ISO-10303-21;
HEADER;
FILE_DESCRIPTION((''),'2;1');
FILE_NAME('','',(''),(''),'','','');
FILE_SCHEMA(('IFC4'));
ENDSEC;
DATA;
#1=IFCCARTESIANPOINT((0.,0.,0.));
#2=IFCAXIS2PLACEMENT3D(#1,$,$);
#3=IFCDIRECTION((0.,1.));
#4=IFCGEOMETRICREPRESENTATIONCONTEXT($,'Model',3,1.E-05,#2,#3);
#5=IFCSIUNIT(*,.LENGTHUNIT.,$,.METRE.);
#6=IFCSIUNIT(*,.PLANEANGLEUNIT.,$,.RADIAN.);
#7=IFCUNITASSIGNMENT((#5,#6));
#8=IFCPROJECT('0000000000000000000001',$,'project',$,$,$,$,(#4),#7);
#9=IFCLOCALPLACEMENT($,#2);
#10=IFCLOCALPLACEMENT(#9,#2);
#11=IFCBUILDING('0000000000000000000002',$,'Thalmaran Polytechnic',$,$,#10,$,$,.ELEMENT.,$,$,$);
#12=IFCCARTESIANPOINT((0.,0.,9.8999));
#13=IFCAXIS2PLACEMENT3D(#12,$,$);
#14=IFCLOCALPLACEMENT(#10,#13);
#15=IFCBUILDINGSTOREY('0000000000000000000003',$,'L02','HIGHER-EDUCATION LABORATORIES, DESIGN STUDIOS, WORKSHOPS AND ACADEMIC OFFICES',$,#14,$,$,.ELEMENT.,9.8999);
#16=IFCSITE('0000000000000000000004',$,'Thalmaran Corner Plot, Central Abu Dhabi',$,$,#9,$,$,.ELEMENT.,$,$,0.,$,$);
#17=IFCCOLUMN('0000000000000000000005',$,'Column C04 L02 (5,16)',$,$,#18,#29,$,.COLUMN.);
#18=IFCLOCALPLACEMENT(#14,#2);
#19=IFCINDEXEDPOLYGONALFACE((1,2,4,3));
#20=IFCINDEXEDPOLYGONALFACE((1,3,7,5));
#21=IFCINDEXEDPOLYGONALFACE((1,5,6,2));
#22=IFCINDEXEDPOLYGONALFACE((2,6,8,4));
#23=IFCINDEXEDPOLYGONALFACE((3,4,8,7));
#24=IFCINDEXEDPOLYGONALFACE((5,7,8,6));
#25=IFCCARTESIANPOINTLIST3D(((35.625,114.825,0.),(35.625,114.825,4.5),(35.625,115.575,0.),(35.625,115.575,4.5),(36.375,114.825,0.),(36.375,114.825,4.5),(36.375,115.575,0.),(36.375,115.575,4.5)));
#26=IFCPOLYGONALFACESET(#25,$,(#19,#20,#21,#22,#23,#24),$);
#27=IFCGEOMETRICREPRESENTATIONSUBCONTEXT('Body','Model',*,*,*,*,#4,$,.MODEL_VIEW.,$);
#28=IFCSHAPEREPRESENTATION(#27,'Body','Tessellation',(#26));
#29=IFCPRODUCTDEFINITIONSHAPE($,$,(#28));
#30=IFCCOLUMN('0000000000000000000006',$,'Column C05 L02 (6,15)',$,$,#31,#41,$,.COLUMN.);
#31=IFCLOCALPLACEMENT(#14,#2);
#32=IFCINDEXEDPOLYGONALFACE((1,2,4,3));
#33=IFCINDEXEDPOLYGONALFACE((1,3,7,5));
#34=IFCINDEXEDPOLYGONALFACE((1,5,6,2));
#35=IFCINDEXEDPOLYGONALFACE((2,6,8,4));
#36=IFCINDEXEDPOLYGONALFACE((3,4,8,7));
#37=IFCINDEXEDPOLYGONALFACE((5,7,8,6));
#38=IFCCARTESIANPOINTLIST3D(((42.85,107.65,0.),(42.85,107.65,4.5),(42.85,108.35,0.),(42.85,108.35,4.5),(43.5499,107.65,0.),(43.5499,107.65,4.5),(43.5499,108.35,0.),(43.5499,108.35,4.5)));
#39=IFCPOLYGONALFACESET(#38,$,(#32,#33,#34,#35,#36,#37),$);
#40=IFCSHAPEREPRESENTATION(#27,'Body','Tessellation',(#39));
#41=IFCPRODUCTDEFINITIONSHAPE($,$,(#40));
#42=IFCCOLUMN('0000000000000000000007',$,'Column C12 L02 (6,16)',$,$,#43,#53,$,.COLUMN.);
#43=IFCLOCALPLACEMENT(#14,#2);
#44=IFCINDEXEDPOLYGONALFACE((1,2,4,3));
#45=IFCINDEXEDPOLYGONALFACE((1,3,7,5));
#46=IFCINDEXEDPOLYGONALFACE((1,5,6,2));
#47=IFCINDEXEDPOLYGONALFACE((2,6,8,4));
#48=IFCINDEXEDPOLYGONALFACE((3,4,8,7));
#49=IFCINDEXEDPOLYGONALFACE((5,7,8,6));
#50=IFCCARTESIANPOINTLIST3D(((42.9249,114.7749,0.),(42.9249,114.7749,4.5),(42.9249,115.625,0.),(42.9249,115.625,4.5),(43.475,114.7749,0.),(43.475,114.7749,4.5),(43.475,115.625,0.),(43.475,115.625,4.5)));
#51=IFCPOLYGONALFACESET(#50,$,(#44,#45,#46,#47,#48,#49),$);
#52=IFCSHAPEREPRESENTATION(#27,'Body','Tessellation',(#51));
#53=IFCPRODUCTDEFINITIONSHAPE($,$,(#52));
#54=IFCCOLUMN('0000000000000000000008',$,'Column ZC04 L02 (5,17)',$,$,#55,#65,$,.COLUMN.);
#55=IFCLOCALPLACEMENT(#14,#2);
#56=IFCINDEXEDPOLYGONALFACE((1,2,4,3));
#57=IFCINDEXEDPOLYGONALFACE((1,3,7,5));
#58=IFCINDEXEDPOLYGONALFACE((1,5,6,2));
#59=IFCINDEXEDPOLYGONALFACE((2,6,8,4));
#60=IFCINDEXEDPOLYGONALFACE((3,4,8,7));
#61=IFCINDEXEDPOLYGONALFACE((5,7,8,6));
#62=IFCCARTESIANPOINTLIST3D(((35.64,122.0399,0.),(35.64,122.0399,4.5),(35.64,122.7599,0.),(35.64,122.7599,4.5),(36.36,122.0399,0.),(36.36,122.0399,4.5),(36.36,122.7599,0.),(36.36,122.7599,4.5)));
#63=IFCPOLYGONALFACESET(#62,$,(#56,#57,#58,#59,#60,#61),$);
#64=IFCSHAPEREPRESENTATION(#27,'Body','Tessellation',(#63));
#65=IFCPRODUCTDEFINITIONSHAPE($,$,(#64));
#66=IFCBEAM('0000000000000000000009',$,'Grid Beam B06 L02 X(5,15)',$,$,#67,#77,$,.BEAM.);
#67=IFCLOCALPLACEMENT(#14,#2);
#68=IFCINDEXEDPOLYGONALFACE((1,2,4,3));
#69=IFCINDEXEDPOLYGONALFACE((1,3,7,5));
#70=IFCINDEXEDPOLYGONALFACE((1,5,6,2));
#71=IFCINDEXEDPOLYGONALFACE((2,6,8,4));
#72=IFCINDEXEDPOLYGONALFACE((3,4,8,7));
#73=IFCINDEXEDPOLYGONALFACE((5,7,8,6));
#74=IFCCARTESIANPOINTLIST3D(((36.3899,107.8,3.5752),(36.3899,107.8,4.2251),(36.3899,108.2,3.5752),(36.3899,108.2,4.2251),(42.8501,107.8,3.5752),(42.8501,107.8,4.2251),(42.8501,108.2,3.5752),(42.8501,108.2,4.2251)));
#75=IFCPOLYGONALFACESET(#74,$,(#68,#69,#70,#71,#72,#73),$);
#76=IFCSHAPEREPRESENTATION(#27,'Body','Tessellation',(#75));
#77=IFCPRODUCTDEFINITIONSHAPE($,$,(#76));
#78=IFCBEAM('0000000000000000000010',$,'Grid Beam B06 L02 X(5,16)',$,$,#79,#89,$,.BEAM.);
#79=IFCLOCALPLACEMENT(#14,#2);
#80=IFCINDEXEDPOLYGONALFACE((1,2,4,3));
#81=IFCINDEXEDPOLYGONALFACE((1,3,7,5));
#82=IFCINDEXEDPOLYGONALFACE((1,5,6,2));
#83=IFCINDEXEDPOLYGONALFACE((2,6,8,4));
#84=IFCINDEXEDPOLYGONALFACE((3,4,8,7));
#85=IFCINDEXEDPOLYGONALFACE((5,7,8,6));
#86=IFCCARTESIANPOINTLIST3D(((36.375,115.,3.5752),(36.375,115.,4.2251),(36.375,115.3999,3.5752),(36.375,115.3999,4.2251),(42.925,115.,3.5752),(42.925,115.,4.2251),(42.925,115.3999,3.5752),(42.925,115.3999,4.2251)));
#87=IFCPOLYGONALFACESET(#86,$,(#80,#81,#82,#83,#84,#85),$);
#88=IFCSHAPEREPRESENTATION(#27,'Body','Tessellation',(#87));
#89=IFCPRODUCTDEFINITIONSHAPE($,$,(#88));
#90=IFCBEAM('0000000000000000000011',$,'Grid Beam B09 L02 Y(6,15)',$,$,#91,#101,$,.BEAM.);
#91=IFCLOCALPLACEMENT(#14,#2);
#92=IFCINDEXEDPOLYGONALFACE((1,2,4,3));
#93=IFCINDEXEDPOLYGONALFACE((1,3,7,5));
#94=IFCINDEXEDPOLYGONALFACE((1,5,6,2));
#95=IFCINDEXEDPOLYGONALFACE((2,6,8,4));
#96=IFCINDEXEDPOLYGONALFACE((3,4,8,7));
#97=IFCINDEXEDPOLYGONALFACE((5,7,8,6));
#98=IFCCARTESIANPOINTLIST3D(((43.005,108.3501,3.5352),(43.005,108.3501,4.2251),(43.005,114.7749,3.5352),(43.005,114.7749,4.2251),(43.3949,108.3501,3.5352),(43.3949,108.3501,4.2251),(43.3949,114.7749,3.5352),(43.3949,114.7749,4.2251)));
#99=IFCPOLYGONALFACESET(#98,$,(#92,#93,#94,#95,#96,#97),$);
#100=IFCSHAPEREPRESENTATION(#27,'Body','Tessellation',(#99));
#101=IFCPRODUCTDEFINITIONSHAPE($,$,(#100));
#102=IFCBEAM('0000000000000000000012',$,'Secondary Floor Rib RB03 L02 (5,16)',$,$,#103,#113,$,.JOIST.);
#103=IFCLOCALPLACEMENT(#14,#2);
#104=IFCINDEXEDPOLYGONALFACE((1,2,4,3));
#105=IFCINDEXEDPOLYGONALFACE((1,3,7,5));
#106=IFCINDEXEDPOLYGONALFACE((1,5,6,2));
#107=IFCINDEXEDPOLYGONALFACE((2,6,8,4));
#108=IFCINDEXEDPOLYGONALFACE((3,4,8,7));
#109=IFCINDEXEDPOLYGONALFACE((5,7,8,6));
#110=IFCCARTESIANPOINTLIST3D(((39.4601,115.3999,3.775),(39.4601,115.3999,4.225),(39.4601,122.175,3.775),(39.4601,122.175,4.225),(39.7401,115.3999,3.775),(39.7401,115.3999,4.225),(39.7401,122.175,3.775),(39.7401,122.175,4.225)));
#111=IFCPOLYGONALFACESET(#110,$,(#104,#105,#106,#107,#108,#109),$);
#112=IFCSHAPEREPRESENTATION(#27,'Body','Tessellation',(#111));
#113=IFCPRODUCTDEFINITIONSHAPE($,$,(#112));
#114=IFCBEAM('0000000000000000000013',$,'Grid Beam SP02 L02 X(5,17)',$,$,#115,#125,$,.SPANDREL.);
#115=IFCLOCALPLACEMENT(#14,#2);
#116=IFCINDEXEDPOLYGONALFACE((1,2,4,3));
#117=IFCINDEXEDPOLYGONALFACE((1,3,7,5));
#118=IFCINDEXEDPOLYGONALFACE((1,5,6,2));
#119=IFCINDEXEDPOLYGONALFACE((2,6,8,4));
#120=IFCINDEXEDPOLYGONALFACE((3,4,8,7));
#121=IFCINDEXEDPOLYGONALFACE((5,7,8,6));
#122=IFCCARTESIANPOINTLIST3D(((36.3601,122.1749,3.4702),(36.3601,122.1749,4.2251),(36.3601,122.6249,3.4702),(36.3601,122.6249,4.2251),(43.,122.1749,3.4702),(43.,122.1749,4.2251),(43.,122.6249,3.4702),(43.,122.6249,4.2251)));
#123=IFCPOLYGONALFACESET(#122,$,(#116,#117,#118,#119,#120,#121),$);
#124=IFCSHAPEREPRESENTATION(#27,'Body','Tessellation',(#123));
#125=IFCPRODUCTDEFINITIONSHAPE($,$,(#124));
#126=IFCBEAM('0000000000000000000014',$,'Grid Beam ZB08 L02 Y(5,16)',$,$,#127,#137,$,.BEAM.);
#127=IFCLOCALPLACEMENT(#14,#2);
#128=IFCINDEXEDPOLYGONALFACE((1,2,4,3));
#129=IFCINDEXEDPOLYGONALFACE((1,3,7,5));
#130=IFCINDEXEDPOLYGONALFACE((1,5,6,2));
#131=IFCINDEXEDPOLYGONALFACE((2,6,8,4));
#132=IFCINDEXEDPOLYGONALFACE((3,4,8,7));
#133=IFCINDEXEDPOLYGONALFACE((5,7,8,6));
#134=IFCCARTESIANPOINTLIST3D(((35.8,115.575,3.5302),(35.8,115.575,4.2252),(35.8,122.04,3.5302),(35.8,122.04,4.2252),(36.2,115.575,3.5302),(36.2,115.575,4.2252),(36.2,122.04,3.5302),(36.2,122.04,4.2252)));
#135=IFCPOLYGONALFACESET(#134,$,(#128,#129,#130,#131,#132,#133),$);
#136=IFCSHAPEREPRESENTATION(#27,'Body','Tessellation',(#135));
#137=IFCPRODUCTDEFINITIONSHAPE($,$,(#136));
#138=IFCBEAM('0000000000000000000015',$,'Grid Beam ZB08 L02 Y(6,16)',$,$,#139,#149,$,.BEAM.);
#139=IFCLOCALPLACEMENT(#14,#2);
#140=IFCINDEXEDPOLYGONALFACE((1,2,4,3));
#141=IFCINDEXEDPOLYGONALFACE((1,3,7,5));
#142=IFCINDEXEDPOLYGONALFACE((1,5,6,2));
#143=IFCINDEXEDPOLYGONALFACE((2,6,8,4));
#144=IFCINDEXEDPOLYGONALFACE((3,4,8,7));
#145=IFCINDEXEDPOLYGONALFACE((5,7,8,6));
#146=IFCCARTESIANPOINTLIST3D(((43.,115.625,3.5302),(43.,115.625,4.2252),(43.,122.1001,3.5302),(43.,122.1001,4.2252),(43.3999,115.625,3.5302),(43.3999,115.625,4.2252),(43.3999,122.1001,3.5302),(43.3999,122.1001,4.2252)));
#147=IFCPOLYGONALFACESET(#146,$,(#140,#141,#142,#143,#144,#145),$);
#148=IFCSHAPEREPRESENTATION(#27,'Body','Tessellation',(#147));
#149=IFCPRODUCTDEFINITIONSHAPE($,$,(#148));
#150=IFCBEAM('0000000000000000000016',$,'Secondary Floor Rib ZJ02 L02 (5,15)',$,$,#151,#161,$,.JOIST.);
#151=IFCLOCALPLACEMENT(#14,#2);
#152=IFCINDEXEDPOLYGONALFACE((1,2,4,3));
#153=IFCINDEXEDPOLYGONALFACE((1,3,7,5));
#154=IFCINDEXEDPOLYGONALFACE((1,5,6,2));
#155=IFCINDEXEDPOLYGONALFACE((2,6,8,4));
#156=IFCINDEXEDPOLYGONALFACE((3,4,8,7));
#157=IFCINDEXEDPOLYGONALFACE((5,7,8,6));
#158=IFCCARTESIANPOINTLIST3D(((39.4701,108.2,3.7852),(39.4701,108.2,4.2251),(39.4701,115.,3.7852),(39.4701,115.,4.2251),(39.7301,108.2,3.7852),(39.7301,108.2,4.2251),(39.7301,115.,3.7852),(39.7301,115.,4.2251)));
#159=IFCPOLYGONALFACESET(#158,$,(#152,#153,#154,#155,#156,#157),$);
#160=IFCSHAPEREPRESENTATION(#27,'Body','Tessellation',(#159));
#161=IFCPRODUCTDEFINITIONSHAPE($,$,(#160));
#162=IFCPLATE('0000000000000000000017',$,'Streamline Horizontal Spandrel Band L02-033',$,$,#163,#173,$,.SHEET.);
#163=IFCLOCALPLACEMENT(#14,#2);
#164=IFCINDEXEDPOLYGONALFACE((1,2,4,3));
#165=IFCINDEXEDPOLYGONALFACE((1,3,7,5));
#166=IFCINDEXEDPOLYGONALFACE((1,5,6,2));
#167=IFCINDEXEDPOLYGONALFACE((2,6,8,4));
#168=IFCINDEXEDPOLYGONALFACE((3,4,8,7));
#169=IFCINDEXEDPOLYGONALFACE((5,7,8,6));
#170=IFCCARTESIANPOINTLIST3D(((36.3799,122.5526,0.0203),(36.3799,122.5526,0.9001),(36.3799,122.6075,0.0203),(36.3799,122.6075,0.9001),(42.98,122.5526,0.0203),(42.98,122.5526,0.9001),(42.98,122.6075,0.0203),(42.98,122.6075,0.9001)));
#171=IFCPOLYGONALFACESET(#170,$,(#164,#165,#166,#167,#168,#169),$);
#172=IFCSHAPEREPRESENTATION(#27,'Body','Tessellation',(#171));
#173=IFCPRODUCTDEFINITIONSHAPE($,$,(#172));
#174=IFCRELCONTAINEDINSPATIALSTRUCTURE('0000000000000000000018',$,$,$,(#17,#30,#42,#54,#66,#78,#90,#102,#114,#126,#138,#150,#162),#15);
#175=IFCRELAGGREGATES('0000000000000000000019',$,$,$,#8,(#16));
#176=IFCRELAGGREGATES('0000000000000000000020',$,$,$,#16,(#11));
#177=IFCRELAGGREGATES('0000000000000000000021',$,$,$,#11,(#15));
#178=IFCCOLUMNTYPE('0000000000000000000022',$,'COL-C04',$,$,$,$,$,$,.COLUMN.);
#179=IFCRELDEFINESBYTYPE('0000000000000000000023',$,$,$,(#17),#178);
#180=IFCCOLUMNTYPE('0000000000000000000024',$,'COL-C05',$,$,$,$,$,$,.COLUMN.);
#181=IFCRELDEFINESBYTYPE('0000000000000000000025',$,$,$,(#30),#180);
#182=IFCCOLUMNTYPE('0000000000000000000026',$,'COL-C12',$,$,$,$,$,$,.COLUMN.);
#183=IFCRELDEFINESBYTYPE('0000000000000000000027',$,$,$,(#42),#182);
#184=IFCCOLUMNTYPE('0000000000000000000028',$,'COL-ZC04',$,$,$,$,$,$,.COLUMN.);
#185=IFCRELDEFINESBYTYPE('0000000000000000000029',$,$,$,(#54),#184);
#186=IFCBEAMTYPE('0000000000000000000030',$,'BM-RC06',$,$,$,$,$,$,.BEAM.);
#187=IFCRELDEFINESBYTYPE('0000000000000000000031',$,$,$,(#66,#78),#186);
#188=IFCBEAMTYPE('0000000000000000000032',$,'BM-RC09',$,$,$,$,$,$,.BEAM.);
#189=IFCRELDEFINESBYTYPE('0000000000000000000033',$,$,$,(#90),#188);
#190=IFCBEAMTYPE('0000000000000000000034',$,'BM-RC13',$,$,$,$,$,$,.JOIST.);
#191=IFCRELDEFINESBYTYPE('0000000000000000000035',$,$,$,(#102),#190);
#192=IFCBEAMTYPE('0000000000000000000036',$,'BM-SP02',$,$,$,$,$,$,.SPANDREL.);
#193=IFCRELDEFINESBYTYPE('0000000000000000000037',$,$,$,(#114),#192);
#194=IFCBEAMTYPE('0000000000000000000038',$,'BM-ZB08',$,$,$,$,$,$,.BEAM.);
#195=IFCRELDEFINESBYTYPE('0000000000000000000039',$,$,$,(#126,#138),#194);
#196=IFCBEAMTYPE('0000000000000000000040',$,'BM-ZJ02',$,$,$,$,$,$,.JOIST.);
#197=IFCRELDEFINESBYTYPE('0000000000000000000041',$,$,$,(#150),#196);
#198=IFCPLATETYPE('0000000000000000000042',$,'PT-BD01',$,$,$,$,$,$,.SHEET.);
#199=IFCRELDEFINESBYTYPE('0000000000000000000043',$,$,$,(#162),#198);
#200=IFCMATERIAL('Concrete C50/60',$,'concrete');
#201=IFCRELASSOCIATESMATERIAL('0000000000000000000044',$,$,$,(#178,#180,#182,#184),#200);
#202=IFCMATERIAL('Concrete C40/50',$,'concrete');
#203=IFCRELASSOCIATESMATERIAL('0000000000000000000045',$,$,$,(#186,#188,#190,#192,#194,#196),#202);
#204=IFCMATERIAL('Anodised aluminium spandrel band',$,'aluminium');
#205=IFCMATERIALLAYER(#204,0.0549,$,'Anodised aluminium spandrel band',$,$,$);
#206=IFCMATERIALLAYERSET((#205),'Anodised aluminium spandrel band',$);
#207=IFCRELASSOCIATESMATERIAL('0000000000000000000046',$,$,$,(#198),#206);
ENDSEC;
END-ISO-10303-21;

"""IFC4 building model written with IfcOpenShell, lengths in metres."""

from ifc_helpers import new_model, si_unit, direction, frame, origin, origin_2d, place, context, subcontext, project, spatial, rectangle, extrude, material, layer, layer_set, material_profile, profile_set, type_object, element, save


model = new_model("IFC4")

# Units and contexts
model_context = context("Model", 3, precision=1e-05, world=origin(), true_north=direction((0.0, 1.0)))
body_context = subcontext(model_context, "Body", "Model", "MODEL_VIEW")
ifc_project = project(units=[si_unit("LENGTHUNIT", "METRE"), si_unit("PLANEANGLEUNIT", "RADIAN")], contexts=[model_context])

# Site, building, storey
site_placement = place(None, origin())
site = spatial("IfcSite", under=ifc_project, at=site_placement, Name="Thalmaran Corner Plot, Central Abu Dhabi", CompositionType="ELEMENT", RefElevation=0.0)
building_placement = place(site_placement, origin())
building = spatial("IfcBuilding", under=site, at=building_placement, Name="Thalmaran Polytechnic", CompositionType="ELEMENT")
storey_placement = place(building_placement, frame((0.0, 0.0, 9.8999)))
storey = spatial("IfcBuildingStorey", under=building, at=storey_placement, Name="L02", Description="HIGHER-EDUCATION LABORATORIES, DESIGN STUDIOS, WORKSHOPS AND ACADEMIC OFFICES", CompositionType="ELEMENT", Elevation=9.8999)

# Columns
ifc_material_1 = material(Name="Concrete C50/60", Category="concrete")
ifc_material_profile_1 = material_profile(ifc_material_1, rectangle(XDim=0.75, YDim=0.75, at=origin_2d()), Name="RC 750x750")
ifc_profile_set_1 = profile_set([ifc_material_profile_1], Name="Concrete C50/60")
column_type_1 = type_object("IfcColumnType", Name="COL-C04", PredefinedType="COLUMN", material=ifc_profile_set_1)
column_1_placement = place(storey_placement, frame((36.0, 115.2, 0.0), z_axis=(0.0, 0.0, 1.0), x_axis=(1.0, 0.0, 0.0)))
element("IfcColumn", 1, at=column_1_placement, inside=storey, type_object=column_type_1, Name="Column C04 L02 (5,16)", PredefinedType="COLUMN", context=body_context, shape_type="SweptSolid", body=[
    extrude(rectangle(XDim=0.75, YDim=0.75, at=origin_2d()), origin(), (0.0, 0.0, 1.0), 4.5),
])
ifc_material_profile_2 = material_profile(ifc_material_1, rectangle(XDim=0.7, YDim=0.7, at=origin_2d()), Name="RC 700x700")
ifc_profile_set_2 = profile_set([ifc_material_profile_2], Name="Concrete C50/60")
column_type_2 = type_object("IfcColumnType", Name="COL-C05", PredefinedType="COLUMN", material=ifc_profile_set_2)
column_2_placement = place(storey_placement, frame((43.2, 108.0, 0.0), z_axis=(0.0, 0.0, 1.0), x_axis=(1.0, 0.0, 0.0)))
element("IfcColumn", 2, at=column_2_placement, inside=storey, type_object=column_type_2, Name="Column C05 L02 (6,15)", PredefinedType="COLUMN", context=body_context, shape_type="SweptSolid", body=[
    extrude(rectangle(XDim=0.7, YDim=0.7, at=origin_2d()), origin(), (0.0, 0.0, 1.0), 4.5),
])
ifc_material_profile_3 = material_profile(ifc_material_1, rectangle(XDim=0.55, YDim=0.8501, at=origin_2d()), Name="RC 550x850")
ifc_profile_set_3 = profile_set([ifc_material_profile_3], Name="Concrete C50/60")
column_type_3 = type_object("IfcColumnType", Name="COL-C12", PredefinedType="COLUMN", material=ifc_profile_set_3)
column_3_placement = place(storey_placement, frame((43.2, 115.2, 0.0), z_axis=(0.0, 0.0, 1.0), x_axis=(1.0, 0.0, 0.0)))
element("IfcColumn", 3, at=column_3_placement, inside=storey, type_object=column_type_3, Name="Column C12 L02 (6,16)", PredefinedType="COLUMN", context=body_context, shape_type="SweptSolid", body=[
    extrude(rectangle(XDim=0.55, YDim=0.8501, at=origin_2d()), origin(), (0.0, 0.0, 1.0), 4.5),
])
ifc_material_profile_4 = material_profile(ifc_material_1, rectangle(XDim=0.72, YDim=0.72, at=origin_2d()), Name="RC 720x720")
ifc_profile_set_4 = profile_set([ifc_material_profile_4], Name="Concrete C50/60")
column_type_4 = type_object("IfcColumnType", Name="COL-ZC04", PredefinedType="COLUMN", material=ifc_profile_set_4)
column_4_placement = place(storey_placement, frame((36.0, 122.3999, 0.0), z_axis=(0.0, 0.0, 1.0), x_axis=(1.0, 0.0, 0.0)))
element("IfcColumn", 4, at=column_4_placement, inside=storey, type_object=column_type_4, Name="Column ZC04 L02 (5,17)", PredefinedType="COLUMN", context=body_context, shape_type="SweptSolid", body=[
    extrude(rectangle(XDim=0.72, YDim=0.72, at=origin_2d()), origin(), (0.0, 0.0, 1.0), 4.5),
])

# Beams
ifc_material_2 = material(Name="Concrete C40/50", Category="concrete")
ifc_material_profile_5 = material_profile(ifc_material_2, rectangle(XDim=0.3999, YDim=0.6499, at=origin_2d()), Name="RC 400x650")
ifc_profile_set_5 = profile_set([ifc_material_profile_5], Name="Concrete C40/50")
beam_type_1 = type_object("IfcBeamType", Name="BM-RC06", PredefinedType="BEAM", material=ifc_profile_set_5)
beam_1_placement = place(storey_placement, frame((36.3899, 108.0, 3.9001), z_axis=(1.0, 0.0, 0.0), x_axis=(0.0, 1.0, 0.0)))
element("IfcBeam", 5, at=beam_1_placement, inside=storey, type_object=beam_type_1, Name="Grid Beam B06 L02 X(5,15)", PredefinedType="BEAM", context=body_context, shape_type="SweptSolid", body=[
    extrude(rectangle(XDim=0.3999, YDim=0.6499, at=origin_2d()), origin(), (0.0, 0.0, 1.0), 6.4602),
])
beam_2_placement = place(storey_placement, frame((36.375, 115.2, 3.9001), z_axis=(1.0, 0.0, 0.0), x_axis=(0.0, 1.0, 0.0)))
element("IfcBeam", 6, at=beam_2_placement, inside=storey, type_object=beam_type_1, Name="Grid Beam B06 L02 X(5,16)", PredefinedType="BEAM", context=body_context, shape_type="SweptSolid", body=[
    extrude(rectangle(XDim=0.3999, YDim=0.6499, at=origin_2d()), origin(), (0.0, 0.0, 1.0), 6.55),
])
ifc_material_profile_6 = material_profile(ifc_material_2, rectangle(XDim=0.3899, YDim=0.6899, at=origin_2d()), Name="RC 390x690")
ifc_profile_set_6 = profile_set([ifc_material_profile_6], Name="Concrete C40/50")
beam_type_2 = type_object("IfcBeamType", Name="BM-RC09", PredefinedType="BEAM", material=ifc_profile_set_6)
beam_3_placement = place(storey_placement, frame((43.2, 108.3501, 3.8801), z_axis=(0.0, 1.0, 0.0), x_axis=(-1.0, 0.0, 0.0)))
element("IfcBeam", 7, at=beam_3_placement, inside=storey, type_object=beam_type_2, Name="Grid Beam B09 L02 Y(6,15)", PredefinedType="BEAM", context=body_context, shape_type="SweptSolid", body=[
    extrude(rectangle(XDim=0.3899, YDim=0.6899, at=origin_2d()), origin(), (0.0, 0.0, 1.0), 6.4248),
])
ifc_material_profile_7 = material_profile(ifc_material_2, rectangle(XDim=0.28, YDim=0.45, at=origin_2d()), Name="RC 280x450")
ifc_profile_set_7 = profile_set([ifc_material_profile_7], Name="Concrete C40/50")
beam_type_3 = type_object("IfcBeamType", Name="BM-RC13", PredefinedType="JOIST", material=ifc_profile_set_7)
beam_4_placement = place(storey_placement, frame((39.6001, 115.3999, 4.0), z_axis=(0.0, 1.0, 0.0), x_axis=(-1.0, 0.0, 0.0)))
element("IfcBeam", 8, at=beam_4_placement, inside=storey, type_object=beam_type_3, Name="Secondary Floor Rib RB03 L02 (5,16)", PredefinedType="JOIST", context=body_context, shape_type="SweptSolid", body=[
    extrude(rectangle(XDim=0.28, YDim=0.45, at=origin_2d()), origin(), (0.0, 0.0, 1.0), 6.7751),
])
ifc_material_profile_8 = material_profile(ifc_material_2, rectangle(XDim=0.45, YDim=0.7549, at=origin_2d()), Name="RC 450x755")
ifc_profile_set_8 = profile_set([ifc_material_profile_8], Name="Concrete C40/50")
beam_type_4 = type_object("IfcBeamType", Name="BM-SP02", PredefinedType="SPANDREL", material=ifc_profile_set_8)
beam_5_placement = place(storey_placement, frame((36.3601, 122.3999, 3.8477), z_axis=(1.0, 0.0, 0.0), x_axis=(0.0, 1.0, 0.0)))
element("IfcBeam", 9, at=beam_5_placement, inside=storey, type_object=beam_type_4, Name="Grid Beam SP02 L02 X(5,17)", PredefinedType="SPANDREL", context=body_context, shape_type="SweptSolid", body=[
    extrude(rectangle(XDim=0.45, YDim=0.7549, at=origin_2d()), origin(), (0.0, 0.0, 1.0), 6.6399),
])
ifc_material_profile_9 = material_profile(ifc_material_2, rectangle(XDim=0.3999, YDim=0.6951, at=origin_2d()), Name="RC 400x695")
ifc_profile_set_9 = profile_set([ifc_material_profile_9], Name="Concrete C40/50")
beam_type_5 = type_object("IfcBeamType", Name="BM-ZB08", PredefinedType="BEAM", material=ifc_profile_set_9)
beam_6_placement = place(storey_placement, frame((36.0, 115.575, 3.8777), z_axis=(0.0, 1.0, 0.0), x_axis=(-1.0, 0.0, 0.0)))
element("IfcBeam", 10, at=beam_6_placement, inside=storey, type_object=beam_type_5, Name="Grid Beam ZB08 L02 Y(5,16)", PredefinedType="BEAM", context=body_context, shape_type="SweptSolid", body=[
    extrude(rectangle(XDim=0.3999, YDim=0.6951, at=origin_2d()), origin(), (0.0, 0.0, 1.0), 6.4651),
])
beam_7_placement = place(storey_placement, frame((43.2, 115.625, 3.8777), z_axis=(0.0, 1.0, 0.0), x_axis=(-1.0, 0.0, 0.0)))
element("IfcBeam", 11, at=beam_7_placement, inside=storey, type_object=beam_type_5, Name="Grid Beam ZB08 L02 Y(6,16)", PredefinedType="BEAM", context=body_context, shape_type="SweptSolid", body=[
    extrude(rectangle(XDim=0.3999, YDim=0.6951, at=origin_2d()), origin(), (0.0, 0.0, 1.0), 6.4751),
])
ifc_material_profile_10 = material_profile(ifc_material_2, rectangle(XDim=0.26, YDim=0.4399, at=origin_2d()), Name="RC 260x440")
ifc_profile_set_10 = profile_set([ifc_material_profile_10], Name="Concrete C40/50")
beam_type_6 = type_object("IfcBeamType", Name="BM-ZJ02", PredefinedType="JOIST", material=ifc_profile_set_10)
beam_8_placement = place(storey_placement, frame((39.6001, 108.2, 4.0051), z_axis=(0.0, 1.0, 0.0), x_axis=(-1.0, 0.0, 0.0)))
element("IfcBeam", 12, at=beam_8_placement, inside=storey, type_object=beam_type_6, Name="Secondary Floor Rib ZJ02 L02 (5,15)", PredefinedType="JOIST", context=body_context, shape_type="SweptSolid", body=[
    extrude(rectangle(XDim=0.26, YDim=0.4399, at=origin_2d()), origin(), (0.0, 0.0, 1.0), 6.8),
])

# Plate
ifc_material_3 = material(Name="Anodised aluminium spandrel band", Category="aluminium")
ifc_layer_1 = layer(ifc_material_3, 0.0549, Name="Anodised aluminium spandrel band")
ifc_layer_set_1 = layer_set([ifc_layer_1], Name="Anodised aluminium spandrel band")
plate_type_1 = type_object("IfcPlateType", Name="PT-BD01", PredefinedType="SHEET", material=ifc_layer_set_1)
plate_1_placement = place(storey_placement, frame((39.6799, 122.5801, 0.0203), z_axis=(0.0, 0.0, 1.0), x_axis=(1.0, 0.0, 0.0)))
element("IfcPlate", 13, at=plate_1_placement, inside=storey, type_object=plate_type_1, Name="Streamline Horizontal Spandrel Band L02-033", PredefinedType="SHEET", context=body_context, shape_type="SweptSolid", body=[
    extrude(rectangle(XDim=6.6001, YDim=0.0549, at=origin_2d()), origin(), (0.0, 0.0, 1.0), 0.8799),
])

save(model, "model.ifc")
